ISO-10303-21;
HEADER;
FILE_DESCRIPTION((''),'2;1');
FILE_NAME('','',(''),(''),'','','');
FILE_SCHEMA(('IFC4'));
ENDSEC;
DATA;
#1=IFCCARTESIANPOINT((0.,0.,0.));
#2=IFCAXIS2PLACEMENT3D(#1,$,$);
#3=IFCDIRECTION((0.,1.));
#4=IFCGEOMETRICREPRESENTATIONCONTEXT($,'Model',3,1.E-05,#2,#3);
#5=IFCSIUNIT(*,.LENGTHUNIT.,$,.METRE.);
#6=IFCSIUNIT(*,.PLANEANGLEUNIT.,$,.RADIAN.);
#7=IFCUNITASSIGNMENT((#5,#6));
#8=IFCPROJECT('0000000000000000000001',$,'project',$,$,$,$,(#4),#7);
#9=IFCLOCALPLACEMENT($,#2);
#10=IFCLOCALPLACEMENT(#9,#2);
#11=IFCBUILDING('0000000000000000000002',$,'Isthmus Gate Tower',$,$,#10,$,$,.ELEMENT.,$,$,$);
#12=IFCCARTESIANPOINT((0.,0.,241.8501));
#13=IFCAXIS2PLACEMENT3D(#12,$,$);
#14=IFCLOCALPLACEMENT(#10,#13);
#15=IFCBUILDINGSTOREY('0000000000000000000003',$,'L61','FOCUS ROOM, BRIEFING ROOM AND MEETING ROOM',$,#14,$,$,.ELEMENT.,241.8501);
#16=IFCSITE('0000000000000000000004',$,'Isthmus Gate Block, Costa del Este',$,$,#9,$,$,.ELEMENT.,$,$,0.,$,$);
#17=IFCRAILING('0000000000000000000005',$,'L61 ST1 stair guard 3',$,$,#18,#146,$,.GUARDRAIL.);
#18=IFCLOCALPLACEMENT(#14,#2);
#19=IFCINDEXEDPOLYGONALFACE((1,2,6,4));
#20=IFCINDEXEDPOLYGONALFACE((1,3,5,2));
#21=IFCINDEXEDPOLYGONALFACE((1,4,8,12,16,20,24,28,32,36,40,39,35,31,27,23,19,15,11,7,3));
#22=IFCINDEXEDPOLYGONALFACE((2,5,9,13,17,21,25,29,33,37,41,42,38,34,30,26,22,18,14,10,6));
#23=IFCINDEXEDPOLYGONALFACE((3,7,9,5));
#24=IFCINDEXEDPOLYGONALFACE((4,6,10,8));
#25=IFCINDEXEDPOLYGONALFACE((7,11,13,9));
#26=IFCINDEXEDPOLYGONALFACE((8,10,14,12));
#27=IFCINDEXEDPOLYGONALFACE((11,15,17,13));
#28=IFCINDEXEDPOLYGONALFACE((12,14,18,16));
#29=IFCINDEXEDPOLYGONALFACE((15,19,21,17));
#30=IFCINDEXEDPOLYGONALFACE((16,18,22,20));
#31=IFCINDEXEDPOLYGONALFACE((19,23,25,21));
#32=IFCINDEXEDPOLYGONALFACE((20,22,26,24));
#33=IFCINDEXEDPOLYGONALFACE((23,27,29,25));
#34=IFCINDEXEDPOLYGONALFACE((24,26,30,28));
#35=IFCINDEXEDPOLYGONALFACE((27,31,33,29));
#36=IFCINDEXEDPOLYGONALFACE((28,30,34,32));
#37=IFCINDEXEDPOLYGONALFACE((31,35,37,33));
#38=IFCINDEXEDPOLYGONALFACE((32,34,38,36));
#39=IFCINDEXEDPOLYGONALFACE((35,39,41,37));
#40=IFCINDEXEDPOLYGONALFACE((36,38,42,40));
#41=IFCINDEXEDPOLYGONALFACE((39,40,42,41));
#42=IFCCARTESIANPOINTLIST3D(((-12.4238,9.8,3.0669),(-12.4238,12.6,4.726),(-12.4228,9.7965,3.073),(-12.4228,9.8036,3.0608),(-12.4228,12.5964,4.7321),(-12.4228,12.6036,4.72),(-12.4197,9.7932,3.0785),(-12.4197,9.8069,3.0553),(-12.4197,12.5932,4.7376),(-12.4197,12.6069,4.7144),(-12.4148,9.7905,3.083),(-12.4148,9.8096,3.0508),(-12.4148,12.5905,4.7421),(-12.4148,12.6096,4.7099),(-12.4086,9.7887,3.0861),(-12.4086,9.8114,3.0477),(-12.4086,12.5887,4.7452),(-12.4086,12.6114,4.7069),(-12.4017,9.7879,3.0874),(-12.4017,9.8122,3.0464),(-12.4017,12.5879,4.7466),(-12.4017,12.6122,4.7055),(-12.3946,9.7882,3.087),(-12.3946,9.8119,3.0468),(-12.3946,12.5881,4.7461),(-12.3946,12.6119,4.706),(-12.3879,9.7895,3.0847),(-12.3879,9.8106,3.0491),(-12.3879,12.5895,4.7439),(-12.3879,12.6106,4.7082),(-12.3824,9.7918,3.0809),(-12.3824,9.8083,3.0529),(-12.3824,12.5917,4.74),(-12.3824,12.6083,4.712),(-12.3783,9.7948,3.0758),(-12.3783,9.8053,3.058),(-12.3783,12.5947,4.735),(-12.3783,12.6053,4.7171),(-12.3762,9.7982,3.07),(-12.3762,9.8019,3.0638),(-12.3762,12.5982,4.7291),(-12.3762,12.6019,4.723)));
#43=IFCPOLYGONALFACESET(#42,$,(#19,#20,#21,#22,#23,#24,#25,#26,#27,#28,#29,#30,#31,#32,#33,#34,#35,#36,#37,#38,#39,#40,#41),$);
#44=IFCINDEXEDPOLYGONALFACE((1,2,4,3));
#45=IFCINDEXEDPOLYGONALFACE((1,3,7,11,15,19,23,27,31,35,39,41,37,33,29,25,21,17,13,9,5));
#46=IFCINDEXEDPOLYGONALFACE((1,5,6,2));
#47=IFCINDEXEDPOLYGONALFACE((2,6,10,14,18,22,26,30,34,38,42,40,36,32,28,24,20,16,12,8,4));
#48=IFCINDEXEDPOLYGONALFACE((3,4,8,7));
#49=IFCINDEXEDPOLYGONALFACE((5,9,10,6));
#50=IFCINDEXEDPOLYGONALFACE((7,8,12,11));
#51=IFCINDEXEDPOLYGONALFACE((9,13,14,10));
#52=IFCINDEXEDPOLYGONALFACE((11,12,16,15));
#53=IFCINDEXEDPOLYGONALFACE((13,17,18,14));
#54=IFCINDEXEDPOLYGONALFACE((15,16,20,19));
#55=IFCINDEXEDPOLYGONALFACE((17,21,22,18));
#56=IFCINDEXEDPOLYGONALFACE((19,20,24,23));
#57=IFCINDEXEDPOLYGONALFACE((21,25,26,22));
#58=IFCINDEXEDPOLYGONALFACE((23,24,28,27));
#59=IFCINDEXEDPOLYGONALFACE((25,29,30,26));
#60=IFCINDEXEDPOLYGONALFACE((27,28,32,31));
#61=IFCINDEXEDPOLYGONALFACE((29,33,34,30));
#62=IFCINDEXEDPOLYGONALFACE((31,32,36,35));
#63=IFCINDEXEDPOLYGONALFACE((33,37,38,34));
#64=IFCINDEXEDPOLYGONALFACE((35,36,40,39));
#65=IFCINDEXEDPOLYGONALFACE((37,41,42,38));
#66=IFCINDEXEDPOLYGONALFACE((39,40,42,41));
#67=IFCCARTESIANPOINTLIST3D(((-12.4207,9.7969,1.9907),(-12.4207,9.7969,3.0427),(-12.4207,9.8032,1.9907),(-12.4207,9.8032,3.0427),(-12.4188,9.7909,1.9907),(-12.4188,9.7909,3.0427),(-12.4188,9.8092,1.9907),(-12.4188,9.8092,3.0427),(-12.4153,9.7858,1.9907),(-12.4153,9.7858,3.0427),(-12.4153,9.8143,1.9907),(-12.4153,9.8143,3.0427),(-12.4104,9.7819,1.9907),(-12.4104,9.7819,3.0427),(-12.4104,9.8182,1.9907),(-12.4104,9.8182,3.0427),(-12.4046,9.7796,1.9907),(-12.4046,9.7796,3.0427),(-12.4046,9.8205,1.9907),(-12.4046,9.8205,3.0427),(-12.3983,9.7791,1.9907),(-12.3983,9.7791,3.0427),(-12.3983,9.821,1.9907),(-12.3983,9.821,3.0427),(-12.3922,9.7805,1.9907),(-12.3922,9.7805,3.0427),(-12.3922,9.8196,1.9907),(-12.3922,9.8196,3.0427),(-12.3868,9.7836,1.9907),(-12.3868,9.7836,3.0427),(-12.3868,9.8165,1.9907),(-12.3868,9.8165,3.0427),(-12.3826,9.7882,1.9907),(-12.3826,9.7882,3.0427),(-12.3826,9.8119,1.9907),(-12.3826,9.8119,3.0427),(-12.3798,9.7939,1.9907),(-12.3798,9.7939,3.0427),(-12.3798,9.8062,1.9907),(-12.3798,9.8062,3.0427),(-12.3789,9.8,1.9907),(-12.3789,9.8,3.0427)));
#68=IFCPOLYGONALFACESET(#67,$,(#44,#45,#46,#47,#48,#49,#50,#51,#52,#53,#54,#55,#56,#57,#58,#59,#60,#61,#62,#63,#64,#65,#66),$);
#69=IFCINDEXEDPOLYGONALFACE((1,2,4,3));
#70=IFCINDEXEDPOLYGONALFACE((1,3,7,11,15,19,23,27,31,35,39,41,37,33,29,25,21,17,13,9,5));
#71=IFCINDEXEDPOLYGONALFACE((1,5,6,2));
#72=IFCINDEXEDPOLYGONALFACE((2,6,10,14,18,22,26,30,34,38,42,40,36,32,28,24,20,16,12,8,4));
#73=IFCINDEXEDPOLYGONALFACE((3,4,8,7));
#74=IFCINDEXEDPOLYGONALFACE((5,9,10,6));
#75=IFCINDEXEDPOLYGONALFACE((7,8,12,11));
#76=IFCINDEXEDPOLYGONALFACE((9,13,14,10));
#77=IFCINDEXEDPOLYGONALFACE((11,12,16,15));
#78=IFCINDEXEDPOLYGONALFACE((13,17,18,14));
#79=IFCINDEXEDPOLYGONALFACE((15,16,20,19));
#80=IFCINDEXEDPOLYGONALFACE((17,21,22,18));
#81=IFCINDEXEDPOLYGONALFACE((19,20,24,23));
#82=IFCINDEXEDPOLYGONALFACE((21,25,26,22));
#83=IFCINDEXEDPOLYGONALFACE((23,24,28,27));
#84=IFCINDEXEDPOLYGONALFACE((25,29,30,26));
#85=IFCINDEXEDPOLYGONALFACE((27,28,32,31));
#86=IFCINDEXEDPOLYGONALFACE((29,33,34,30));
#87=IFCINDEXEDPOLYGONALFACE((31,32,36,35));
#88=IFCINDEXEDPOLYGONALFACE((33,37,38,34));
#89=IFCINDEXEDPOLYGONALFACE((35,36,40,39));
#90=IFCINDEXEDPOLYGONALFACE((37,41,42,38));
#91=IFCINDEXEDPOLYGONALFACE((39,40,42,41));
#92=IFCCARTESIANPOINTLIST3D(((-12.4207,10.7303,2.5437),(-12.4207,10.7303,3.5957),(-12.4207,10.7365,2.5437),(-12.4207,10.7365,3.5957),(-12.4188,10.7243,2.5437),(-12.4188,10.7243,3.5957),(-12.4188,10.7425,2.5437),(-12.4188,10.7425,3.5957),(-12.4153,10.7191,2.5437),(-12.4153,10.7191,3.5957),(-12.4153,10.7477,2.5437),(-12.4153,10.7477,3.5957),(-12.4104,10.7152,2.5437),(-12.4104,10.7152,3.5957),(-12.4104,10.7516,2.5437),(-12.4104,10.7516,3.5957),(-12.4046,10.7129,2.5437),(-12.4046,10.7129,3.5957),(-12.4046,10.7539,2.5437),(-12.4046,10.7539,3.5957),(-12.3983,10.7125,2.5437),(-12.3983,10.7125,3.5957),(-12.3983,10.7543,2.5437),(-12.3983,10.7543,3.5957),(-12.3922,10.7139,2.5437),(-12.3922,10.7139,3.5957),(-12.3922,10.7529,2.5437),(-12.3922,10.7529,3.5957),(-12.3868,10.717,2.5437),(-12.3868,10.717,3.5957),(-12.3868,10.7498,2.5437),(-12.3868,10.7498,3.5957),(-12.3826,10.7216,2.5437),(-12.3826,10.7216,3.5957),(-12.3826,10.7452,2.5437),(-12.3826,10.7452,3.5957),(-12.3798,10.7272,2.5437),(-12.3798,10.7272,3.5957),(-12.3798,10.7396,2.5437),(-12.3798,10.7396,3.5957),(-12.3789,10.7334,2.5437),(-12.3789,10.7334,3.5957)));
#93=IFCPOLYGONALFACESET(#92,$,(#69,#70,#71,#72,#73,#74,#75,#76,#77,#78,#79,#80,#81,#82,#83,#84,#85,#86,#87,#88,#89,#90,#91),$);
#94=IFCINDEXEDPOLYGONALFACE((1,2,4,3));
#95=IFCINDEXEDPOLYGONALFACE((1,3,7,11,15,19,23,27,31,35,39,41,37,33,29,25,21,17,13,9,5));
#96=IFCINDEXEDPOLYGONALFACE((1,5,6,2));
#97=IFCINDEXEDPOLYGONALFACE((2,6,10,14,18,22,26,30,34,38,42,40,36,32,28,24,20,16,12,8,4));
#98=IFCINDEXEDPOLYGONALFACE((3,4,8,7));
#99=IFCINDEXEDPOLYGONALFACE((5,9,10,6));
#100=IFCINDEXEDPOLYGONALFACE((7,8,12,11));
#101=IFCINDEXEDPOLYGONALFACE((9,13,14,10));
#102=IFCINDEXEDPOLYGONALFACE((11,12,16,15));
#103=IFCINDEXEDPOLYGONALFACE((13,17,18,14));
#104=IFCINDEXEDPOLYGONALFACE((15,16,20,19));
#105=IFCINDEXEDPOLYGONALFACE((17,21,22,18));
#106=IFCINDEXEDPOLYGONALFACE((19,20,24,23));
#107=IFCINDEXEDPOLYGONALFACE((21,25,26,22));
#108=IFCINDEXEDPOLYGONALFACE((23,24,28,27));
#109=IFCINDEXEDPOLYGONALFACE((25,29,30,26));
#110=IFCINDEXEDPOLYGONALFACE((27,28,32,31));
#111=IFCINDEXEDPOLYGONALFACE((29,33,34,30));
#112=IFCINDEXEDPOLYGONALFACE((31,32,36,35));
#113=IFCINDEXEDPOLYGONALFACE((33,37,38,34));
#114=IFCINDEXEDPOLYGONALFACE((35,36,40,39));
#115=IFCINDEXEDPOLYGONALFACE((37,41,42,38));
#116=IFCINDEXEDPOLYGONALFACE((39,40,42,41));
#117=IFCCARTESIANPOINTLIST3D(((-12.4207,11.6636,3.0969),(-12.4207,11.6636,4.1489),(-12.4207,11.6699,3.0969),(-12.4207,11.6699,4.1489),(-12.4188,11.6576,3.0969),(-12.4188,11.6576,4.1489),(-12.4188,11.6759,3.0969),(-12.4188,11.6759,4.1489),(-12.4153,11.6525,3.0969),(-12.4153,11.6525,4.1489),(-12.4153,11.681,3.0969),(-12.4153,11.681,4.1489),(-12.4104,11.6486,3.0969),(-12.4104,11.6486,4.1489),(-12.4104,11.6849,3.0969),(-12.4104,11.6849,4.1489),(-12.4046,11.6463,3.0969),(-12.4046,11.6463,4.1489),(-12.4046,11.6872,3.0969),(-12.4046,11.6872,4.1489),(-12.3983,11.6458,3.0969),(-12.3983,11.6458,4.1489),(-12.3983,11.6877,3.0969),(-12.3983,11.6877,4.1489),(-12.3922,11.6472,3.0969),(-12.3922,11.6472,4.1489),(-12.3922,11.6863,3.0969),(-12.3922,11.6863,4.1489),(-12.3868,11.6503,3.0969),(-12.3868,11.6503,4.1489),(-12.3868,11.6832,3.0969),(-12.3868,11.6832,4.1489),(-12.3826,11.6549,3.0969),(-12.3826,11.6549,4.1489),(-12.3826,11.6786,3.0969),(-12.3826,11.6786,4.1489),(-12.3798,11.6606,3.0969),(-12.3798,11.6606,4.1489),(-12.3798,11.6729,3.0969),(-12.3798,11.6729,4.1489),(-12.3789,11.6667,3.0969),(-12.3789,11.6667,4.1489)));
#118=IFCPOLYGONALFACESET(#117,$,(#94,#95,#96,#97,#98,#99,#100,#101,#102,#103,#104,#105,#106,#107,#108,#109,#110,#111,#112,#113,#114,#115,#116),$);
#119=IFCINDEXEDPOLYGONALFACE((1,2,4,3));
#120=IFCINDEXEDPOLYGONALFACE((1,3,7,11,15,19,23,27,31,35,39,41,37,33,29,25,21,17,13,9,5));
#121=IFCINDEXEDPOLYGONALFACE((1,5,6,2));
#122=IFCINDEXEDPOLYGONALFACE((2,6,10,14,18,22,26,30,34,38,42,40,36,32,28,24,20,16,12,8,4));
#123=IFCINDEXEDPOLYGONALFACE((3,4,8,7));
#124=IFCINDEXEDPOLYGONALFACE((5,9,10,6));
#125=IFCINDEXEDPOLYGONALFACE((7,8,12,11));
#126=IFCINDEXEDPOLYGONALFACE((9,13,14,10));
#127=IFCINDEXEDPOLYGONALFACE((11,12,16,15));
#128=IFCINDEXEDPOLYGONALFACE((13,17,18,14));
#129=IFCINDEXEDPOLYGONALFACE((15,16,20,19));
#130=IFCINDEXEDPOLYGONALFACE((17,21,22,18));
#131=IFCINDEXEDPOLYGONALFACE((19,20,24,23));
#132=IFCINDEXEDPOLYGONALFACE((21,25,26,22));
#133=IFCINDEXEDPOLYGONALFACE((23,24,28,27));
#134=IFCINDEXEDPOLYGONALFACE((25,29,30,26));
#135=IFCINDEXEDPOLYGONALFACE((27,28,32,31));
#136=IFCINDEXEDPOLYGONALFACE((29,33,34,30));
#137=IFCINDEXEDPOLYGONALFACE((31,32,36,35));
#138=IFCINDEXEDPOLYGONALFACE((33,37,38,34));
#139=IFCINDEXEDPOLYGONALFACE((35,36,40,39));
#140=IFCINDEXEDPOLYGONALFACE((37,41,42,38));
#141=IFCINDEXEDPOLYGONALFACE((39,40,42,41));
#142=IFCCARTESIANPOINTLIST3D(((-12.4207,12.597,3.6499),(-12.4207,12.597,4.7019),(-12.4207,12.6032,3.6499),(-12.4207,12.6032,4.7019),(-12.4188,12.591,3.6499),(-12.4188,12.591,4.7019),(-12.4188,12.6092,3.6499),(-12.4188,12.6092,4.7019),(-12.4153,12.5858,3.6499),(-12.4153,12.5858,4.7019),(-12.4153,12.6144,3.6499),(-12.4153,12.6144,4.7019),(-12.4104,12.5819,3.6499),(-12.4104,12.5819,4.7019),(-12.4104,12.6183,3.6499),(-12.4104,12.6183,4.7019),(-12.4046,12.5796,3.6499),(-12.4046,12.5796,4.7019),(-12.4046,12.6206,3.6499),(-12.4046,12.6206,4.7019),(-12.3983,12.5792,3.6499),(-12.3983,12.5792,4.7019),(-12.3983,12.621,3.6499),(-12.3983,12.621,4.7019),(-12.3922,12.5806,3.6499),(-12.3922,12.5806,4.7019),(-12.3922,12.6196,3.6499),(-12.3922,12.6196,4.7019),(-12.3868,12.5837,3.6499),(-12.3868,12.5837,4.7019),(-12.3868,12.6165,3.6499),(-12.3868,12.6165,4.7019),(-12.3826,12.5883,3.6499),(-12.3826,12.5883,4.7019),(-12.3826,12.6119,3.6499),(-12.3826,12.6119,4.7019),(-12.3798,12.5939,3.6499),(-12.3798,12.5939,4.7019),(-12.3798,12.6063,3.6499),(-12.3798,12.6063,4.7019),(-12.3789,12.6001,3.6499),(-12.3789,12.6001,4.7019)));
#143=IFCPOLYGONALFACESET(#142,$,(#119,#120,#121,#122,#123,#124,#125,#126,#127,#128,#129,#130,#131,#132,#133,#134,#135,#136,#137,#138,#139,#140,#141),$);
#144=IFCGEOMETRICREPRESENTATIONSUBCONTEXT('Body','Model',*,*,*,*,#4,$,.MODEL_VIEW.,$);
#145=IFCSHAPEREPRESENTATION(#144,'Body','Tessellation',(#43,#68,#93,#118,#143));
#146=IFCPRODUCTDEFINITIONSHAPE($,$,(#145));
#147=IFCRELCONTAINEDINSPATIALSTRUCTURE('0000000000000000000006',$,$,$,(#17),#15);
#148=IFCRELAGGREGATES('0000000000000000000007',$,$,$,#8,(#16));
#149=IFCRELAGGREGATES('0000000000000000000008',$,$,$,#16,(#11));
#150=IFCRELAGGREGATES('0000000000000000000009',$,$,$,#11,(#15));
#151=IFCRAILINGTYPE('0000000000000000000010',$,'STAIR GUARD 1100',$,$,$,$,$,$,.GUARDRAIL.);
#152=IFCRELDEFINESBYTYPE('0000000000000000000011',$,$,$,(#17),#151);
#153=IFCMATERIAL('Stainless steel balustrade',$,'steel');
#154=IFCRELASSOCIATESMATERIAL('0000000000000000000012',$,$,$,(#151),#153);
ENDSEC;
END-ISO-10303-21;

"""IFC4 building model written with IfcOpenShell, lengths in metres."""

from ifc_helpers import new_model, si_unit, direction, frame, origin, origin_2d, place, context, subcontext, project, spatial, circle, extrude, material, type_object, element, save


model = new_model("IFC4")

# Units and contexts
model_context = context("Model", 3, precision=1e-05, world=origin(), true_north=direction((0.0, 1.0)))
body_context = subcontext(model_context, "Body", "Model", "MODEL_VIEW")
ifc_project = project(units=[si_unit("LENGTHUNIT", "METRE"), si_unit("PLANEANGLEUNIT", "RADIAN")], contexts=[model_context])

# Site, building, storey
site_placement = place(None, origin())
site = spatial("IfcSite", under=ifc_project, at=site_placement, Name="Isthmus Gate Block, Costa del Este", CompositionType="ELEMENT", RefElevation=0.0)
building_placement = place(site_placement, origin())
building = spatial("IfcBuilding", under=site, at=building_placement, Name="Isthmus Gate Tower", CompositionType="ELEMENT")
storey_placement = place(building_placement, frame((0.0, 0.0, 241.8501)))
storey = spatial("IfcBuildingStorey", under=building, at=storey_placement, Name="L61", Description="FOCUS ROOM, BRIEFING ROOM AND MEETING ROOM", CompositionType="ELEMENT", Elevation=241.8501)

# Railing
ifc_material_1 = material(Name="Stainless steel balustrade", Category="steel")
railing_type_1 = type_object("IfcRailingType", Name="STAIR GUARD 1100", PredefinedType="GUARDRAIL", material=ifc_material_1)
railing_1_placement = place(storey_placement, frame((-12.3999, 9.8, 1.9907)))
element("IfcRailing", 1, at=railing_1_placement, inside=storey, type_object=railing_type_1, Name="L61 ST1 stair guard 3", PredefinedType="GUARDRAIL", context=body_context, shape_type="SweptSolid", body=[
    extrude(circle(Radius=0.0239, at=origin_2d()), frame((0.0, 0.0, 1.0762), z_axis=(0.0, 0.860306, 0.509778), x_axis=(-1.0, 0.0, 0.0)), (0.0, 0.0, 1.0), 3.2546),
    extrude(circle(Radius=0.021, at=origin_2d()), origin(), (0.0, 0.0, 1.0), 1.052),
    extrude(circle(Radius=0.021, at=origin_2d()), frame((0.0, 0.9333, 0.553)), (0.0, 0.0, 1.0), 1.052),
    extrude(circle(Radius=0.021, at=origin_2d()), frame((0.0, 1.8667, 1.1062)), (0.0, 0.0, 1.0), 1.052),
    extrude(circle(Radius=0.021, at=origin_2d()), frame((0.0, 2.8, 1.6592)), (0.0, 0.0, 1.0), 1.052),
])

save(model, "model.ifc")
